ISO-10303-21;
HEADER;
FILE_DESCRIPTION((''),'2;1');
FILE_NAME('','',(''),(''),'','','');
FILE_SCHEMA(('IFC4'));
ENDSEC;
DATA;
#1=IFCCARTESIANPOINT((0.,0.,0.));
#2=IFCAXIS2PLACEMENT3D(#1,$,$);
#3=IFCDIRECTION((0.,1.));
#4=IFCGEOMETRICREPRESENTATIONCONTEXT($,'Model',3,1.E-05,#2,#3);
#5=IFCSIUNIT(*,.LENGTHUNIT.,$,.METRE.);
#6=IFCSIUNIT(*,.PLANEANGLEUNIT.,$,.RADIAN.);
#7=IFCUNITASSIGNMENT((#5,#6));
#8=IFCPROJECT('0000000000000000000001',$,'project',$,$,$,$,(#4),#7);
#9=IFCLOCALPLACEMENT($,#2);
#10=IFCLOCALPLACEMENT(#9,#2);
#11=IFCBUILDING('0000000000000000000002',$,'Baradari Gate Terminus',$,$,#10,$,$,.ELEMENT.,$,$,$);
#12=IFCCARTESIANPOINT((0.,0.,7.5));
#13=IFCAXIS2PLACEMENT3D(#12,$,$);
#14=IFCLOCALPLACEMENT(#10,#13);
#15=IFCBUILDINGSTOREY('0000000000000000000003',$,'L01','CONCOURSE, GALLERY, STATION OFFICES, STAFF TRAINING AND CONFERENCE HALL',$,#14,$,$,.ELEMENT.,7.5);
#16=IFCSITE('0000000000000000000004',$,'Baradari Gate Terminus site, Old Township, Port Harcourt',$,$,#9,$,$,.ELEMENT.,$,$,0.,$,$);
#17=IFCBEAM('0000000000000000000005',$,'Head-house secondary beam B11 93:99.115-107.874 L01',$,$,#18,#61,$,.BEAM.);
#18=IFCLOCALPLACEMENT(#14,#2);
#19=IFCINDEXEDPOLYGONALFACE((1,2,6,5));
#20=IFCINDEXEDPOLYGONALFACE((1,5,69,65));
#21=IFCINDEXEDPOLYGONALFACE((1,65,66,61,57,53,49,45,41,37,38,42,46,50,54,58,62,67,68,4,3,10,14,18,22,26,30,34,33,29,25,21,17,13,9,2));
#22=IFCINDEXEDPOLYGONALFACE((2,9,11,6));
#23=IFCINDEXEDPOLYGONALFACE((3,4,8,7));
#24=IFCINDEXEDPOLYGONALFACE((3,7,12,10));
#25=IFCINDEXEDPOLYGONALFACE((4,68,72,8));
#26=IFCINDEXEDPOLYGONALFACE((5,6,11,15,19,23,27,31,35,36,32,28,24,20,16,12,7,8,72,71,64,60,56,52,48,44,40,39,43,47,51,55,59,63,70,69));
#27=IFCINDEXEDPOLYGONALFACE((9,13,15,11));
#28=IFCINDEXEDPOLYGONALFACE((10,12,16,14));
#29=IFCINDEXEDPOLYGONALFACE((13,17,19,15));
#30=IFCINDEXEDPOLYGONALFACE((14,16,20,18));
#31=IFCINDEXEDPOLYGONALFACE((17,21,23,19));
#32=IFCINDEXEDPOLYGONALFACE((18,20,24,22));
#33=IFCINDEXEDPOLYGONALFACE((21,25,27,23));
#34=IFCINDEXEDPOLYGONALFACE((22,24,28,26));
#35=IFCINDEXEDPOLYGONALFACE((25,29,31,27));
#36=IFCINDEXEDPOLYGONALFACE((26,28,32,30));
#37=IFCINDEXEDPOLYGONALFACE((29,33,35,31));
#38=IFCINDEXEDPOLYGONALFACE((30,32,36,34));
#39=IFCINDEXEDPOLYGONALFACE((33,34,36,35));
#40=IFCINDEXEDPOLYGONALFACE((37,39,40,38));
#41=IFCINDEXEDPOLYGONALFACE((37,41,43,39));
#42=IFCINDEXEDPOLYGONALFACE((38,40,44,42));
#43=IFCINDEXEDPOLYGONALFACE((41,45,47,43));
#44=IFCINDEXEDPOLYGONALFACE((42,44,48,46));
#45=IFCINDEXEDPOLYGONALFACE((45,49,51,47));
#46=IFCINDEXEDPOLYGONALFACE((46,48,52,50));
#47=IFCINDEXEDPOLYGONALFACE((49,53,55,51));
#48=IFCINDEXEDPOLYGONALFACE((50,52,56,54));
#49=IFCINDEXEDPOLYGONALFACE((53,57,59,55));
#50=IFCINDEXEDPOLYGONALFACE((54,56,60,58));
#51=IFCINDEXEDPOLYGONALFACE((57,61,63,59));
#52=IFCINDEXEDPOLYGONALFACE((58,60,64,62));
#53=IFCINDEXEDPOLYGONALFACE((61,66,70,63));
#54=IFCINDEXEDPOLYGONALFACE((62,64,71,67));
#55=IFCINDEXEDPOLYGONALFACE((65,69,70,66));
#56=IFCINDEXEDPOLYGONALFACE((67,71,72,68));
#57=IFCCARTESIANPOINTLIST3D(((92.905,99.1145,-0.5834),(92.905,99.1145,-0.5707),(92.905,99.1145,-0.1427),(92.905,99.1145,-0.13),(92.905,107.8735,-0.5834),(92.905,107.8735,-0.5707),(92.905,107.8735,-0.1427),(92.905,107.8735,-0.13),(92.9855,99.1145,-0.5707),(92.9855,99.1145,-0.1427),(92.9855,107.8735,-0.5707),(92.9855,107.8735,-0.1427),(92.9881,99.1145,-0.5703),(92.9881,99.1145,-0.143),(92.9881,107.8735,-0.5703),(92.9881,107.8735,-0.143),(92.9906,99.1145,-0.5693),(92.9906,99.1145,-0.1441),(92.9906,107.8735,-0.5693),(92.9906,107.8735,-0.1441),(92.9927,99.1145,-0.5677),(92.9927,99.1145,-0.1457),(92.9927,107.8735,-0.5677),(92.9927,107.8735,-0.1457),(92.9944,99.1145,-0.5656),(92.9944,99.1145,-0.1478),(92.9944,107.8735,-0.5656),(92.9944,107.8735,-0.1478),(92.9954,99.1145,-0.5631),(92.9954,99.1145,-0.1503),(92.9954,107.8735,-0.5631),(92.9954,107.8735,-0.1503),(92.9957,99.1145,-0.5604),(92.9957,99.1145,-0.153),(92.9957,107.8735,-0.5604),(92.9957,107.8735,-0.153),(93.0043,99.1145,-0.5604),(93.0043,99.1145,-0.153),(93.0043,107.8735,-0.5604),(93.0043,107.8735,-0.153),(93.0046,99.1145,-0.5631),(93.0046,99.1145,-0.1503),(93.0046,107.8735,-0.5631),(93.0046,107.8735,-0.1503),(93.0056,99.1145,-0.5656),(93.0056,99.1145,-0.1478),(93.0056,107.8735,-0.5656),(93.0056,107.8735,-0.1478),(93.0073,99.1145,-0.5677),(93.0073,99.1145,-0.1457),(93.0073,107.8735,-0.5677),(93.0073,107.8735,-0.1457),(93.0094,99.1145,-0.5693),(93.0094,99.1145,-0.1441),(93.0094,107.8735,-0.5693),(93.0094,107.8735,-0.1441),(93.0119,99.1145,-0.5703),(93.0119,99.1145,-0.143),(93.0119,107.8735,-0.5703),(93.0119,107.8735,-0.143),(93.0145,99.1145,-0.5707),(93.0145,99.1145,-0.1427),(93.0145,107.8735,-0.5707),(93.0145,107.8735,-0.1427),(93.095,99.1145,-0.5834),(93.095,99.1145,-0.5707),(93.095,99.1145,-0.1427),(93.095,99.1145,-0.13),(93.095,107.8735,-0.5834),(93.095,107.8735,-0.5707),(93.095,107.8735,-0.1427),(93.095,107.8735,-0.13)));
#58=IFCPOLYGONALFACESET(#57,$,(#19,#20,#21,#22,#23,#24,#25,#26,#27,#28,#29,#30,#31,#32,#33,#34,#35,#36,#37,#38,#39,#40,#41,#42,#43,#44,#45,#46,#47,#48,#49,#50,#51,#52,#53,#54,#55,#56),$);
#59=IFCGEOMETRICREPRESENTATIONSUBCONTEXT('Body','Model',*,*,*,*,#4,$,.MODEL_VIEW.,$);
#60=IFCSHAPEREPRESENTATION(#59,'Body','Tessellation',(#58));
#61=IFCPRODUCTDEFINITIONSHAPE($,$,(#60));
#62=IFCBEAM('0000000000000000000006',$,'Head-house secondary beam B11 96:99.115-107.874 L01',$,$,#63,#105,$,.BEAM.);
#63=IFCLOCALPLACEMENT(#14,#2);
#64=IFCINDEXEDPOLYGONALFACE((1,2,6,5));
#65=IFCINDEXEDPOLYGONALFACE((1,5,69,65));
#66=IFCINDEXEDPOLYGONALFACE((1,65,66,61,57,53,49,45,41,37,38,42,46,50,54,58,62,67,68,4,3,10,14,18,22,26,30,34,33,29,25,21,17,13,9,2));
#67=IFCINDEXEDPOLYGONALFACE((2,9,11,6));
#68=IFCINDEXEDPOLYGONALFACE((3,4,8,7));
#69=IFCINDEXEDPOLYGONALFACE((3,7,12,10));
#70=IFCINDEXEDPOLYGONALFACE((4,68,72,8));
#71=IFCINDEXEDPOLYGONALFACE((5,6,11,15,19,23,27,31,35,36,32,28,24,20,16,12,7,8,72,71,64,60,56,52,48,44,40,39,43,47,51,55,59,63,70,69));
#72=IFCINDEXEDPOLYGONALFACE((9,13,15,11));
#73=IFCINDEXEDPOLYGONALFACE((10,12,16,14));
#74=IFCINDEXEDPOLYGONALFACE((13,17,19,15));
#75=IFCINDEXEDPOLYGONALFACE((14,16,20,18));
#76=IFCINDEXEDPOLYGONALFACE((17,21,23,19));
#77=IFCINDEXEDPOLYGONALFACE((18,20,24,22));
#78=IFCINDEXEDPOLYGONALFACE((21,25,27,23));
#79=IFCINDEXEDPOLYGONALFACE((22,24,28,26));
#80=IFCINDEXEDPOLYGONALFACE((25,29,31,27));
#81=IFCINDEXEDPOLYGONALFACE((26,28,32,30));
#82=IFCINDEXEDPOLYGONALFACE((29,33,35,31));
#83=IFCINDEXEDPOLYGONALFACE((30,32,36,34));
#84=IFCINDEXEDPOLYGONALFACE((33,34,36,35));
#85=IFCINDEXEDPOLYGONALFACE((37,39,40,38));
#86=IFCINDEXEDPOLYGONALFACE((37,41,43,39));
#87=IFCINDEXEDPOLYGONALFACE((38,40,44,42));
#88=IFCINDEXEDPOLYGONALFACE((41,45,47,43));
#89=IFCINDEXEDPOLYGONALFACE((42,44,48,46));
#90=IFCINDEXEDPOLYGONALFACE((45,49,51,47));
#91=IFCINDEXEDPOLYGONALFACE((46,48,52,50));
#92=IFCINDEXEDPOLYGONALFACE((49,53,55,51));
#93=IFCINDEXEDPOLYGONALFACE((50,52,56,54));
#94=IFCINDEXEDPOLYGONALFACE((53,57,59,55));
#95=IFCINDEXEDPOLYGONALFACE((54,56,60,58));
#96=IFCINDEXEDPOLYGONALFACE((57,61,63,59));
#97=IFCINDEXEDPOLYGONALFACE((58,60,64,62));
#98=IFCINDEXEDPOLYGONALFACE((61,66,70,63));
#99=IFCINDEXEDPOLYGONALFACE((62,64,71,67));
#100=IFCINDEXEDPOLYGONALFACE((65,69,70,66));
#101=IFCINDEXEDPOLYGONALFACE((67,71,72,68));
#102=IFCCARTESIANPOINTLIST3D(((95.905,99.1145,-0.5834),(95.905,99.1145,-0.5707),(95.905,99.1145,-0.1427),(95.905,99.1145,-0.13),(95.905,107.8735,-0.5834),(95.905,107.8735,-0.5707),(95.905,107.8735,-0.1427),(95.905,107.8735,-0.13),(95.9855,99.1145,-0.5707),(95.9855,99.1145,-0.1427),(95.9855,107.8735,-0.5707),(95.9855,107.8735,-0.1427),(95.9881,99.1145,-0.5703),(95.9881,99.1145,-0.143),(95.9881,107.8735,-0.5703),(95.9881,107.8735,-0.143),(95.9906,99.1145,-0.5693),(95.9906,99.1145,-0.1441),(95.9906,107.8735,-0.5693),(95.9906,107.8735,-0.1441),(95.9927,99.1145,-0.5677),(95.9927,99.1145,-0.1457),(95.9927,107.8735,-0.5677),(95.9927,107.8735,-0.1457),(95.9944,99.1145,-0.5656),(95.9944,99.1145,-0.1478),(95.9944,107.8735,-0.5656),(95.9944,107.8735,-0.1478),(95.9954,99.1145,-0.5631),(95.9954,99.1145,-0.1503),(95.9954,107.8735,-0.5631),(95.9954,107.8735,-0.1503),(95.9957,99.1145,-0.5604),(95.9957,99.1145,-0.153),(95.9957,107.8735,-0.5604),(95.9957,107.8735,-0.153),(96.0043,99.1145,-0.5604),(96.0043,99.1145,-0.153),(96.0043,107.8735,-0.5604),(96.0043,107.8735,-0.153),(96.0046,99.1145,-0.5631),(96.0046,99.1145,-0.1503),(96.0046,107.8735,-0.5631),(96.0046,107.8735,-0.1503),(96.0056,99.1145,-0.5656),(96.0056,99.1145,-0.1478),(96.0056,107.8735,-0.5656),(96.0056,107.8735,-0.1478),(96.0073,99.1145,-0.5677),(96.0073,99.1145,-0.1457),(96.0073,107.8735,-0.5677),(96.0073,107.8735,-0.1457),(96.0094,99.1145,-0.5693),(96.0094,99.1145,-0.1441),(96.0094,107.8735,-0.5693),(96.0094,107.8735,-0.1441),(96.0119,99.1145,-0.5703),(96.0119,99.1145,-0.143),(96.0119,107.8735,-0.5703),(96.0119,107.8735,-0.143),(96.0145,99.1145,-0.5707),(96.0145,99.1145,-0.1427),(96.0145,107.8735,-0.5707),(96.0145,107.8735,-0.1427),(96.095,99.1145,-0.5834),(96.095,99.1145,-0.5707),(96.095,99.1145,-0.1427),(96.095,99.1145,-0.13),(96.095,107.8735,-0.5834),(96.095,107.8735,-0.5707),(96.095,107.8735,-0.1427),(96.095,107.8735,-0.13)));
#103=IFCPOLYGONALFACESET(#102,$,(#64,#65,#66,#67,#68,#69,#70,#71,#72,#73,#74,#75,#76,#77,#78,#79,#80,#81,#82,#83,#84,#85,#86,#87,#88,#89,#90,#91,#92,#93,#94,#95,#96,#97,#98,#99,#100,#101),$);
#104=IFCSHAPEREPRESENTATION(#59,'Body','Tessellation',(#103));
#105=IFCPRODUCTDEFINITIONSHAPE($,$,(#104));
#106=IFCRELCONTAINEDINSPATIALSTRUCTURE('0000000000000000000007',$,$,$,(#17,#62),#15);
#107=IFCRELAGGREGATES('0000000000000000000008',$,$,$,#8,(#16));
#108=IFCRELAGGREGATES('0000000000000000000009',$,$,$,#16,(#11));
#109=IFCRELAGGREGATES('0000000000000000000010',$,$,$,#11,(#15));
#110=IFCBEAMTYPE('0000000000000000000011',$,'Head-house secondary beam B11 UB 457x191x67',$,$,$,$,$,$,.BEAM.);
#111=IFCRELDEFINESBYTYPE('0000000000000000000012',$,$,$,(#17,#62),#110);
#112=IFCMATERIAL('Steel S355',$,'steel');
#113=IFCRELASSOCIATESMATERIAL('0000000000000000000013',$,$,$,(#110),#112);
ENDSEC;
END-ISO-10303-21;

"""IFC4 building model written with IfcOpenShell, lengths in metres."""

from ifc_helpers import new_model, si_unit, direction, frame, origin, origin_2d, place, context, subcontext, project, spatial, i_section, extrude, material, material_profile, profile_set, type_object, element, save


model = new_model("IFC4")

# Units and contexts
model_context = context("Model", 3, precision=1e-05, world=origin(), true_north=direction((0.0, 1.0)))
body_context = subcontext(model_context, "Body", "Model", "MODEL_VIEW")
ifc_project = project(units=[si_unit("LENGTHUNIT", "METRE"), si_unit("PLANEANGLEUNIT", "RADIAN")], contexts=[model_context])

# Site, building, storey
site_placement = place(None, origin())
site = spatial("IfcSite", under=ifc_project, at=site_placement, Name="Baradari Gate Terminus site, Old Township, Port Harcourt", CompositionType="ELEMENT", RefElevation=0.0)
building_placement = place(site_placement, origin())
building = spatial("IfcBuilding", under=site, at=building_placement, Name="Baradari Gate Terminus", CompositionType="ELEMENT")
storey_placement = place(building_placement, frame((0.0, 0.0, 7.5)))
storey = spatial("IfcBuildingStorey", under=building, at=storey_placement, Name="L01", Description="CONCOURSE, GALLERY, STATION OFFICES, STAFF TRAINING AND CONFERENCE HALL", CompositionType="ELEMENT", Elevation=7.5)

# Beams
ifc_material_1 = material(Name="Steel S355", Category="steel")
ifc_material_profile_1 = material_profile(ifc_material_1, i_section(OverallWidth=0.1899, OverallDepth=0.4534, WebThickness=0.0085, FlangeThickness=0.0127, FilletRadius=0.0103, at=origin_2d()), Name="UB 457x191x67")
ifc_profile_set_1 = profile_set([ifc_material_profile_1], Name="Steel S355")
beam_type_1 = type_object("IfcBeamType", Name="Head-house secondary beam B11 UB 457x191x67", PredefinedType="BEAM", material=ifc_profile_set_1)
for number, where, z_axis, x_axis, name in (
    (1, (93.0, 99.1145, -0.3567), (0.0, 1.0, 0.0), (-1.0, 0.0, 0.0), "Head-house secondary beam B11 93:99.115-107.874 L01"),
    (2, (96.0, 99.1145, -0.3567), (0.0, 1.0, 0.0), (-1.0, 0.0, 0.0), "Head-house secondary beam B11 96:99.115-107.874 L01"),
):
    element("IfcBeam", number, at=place(storey_placement, frame(where, z_axis=z_axis, x_axis=x_axis)), inside=storey, type_object=beam_type_1, Name=name, PredefinedType="BEAM", context=body_context, shape_type="SweptSolid", body=[
        extrude(i_section(OverallWidth=0.1899, OverallDepth=0.4534, WebThickness=0.0085, FlangeThickness=0.0127, FilletRadius=0.0103, at=origin_2d()), origin(), (0.0, 0.0, 1.0), 8.759),
    ])

save(model, "model.ifc")
